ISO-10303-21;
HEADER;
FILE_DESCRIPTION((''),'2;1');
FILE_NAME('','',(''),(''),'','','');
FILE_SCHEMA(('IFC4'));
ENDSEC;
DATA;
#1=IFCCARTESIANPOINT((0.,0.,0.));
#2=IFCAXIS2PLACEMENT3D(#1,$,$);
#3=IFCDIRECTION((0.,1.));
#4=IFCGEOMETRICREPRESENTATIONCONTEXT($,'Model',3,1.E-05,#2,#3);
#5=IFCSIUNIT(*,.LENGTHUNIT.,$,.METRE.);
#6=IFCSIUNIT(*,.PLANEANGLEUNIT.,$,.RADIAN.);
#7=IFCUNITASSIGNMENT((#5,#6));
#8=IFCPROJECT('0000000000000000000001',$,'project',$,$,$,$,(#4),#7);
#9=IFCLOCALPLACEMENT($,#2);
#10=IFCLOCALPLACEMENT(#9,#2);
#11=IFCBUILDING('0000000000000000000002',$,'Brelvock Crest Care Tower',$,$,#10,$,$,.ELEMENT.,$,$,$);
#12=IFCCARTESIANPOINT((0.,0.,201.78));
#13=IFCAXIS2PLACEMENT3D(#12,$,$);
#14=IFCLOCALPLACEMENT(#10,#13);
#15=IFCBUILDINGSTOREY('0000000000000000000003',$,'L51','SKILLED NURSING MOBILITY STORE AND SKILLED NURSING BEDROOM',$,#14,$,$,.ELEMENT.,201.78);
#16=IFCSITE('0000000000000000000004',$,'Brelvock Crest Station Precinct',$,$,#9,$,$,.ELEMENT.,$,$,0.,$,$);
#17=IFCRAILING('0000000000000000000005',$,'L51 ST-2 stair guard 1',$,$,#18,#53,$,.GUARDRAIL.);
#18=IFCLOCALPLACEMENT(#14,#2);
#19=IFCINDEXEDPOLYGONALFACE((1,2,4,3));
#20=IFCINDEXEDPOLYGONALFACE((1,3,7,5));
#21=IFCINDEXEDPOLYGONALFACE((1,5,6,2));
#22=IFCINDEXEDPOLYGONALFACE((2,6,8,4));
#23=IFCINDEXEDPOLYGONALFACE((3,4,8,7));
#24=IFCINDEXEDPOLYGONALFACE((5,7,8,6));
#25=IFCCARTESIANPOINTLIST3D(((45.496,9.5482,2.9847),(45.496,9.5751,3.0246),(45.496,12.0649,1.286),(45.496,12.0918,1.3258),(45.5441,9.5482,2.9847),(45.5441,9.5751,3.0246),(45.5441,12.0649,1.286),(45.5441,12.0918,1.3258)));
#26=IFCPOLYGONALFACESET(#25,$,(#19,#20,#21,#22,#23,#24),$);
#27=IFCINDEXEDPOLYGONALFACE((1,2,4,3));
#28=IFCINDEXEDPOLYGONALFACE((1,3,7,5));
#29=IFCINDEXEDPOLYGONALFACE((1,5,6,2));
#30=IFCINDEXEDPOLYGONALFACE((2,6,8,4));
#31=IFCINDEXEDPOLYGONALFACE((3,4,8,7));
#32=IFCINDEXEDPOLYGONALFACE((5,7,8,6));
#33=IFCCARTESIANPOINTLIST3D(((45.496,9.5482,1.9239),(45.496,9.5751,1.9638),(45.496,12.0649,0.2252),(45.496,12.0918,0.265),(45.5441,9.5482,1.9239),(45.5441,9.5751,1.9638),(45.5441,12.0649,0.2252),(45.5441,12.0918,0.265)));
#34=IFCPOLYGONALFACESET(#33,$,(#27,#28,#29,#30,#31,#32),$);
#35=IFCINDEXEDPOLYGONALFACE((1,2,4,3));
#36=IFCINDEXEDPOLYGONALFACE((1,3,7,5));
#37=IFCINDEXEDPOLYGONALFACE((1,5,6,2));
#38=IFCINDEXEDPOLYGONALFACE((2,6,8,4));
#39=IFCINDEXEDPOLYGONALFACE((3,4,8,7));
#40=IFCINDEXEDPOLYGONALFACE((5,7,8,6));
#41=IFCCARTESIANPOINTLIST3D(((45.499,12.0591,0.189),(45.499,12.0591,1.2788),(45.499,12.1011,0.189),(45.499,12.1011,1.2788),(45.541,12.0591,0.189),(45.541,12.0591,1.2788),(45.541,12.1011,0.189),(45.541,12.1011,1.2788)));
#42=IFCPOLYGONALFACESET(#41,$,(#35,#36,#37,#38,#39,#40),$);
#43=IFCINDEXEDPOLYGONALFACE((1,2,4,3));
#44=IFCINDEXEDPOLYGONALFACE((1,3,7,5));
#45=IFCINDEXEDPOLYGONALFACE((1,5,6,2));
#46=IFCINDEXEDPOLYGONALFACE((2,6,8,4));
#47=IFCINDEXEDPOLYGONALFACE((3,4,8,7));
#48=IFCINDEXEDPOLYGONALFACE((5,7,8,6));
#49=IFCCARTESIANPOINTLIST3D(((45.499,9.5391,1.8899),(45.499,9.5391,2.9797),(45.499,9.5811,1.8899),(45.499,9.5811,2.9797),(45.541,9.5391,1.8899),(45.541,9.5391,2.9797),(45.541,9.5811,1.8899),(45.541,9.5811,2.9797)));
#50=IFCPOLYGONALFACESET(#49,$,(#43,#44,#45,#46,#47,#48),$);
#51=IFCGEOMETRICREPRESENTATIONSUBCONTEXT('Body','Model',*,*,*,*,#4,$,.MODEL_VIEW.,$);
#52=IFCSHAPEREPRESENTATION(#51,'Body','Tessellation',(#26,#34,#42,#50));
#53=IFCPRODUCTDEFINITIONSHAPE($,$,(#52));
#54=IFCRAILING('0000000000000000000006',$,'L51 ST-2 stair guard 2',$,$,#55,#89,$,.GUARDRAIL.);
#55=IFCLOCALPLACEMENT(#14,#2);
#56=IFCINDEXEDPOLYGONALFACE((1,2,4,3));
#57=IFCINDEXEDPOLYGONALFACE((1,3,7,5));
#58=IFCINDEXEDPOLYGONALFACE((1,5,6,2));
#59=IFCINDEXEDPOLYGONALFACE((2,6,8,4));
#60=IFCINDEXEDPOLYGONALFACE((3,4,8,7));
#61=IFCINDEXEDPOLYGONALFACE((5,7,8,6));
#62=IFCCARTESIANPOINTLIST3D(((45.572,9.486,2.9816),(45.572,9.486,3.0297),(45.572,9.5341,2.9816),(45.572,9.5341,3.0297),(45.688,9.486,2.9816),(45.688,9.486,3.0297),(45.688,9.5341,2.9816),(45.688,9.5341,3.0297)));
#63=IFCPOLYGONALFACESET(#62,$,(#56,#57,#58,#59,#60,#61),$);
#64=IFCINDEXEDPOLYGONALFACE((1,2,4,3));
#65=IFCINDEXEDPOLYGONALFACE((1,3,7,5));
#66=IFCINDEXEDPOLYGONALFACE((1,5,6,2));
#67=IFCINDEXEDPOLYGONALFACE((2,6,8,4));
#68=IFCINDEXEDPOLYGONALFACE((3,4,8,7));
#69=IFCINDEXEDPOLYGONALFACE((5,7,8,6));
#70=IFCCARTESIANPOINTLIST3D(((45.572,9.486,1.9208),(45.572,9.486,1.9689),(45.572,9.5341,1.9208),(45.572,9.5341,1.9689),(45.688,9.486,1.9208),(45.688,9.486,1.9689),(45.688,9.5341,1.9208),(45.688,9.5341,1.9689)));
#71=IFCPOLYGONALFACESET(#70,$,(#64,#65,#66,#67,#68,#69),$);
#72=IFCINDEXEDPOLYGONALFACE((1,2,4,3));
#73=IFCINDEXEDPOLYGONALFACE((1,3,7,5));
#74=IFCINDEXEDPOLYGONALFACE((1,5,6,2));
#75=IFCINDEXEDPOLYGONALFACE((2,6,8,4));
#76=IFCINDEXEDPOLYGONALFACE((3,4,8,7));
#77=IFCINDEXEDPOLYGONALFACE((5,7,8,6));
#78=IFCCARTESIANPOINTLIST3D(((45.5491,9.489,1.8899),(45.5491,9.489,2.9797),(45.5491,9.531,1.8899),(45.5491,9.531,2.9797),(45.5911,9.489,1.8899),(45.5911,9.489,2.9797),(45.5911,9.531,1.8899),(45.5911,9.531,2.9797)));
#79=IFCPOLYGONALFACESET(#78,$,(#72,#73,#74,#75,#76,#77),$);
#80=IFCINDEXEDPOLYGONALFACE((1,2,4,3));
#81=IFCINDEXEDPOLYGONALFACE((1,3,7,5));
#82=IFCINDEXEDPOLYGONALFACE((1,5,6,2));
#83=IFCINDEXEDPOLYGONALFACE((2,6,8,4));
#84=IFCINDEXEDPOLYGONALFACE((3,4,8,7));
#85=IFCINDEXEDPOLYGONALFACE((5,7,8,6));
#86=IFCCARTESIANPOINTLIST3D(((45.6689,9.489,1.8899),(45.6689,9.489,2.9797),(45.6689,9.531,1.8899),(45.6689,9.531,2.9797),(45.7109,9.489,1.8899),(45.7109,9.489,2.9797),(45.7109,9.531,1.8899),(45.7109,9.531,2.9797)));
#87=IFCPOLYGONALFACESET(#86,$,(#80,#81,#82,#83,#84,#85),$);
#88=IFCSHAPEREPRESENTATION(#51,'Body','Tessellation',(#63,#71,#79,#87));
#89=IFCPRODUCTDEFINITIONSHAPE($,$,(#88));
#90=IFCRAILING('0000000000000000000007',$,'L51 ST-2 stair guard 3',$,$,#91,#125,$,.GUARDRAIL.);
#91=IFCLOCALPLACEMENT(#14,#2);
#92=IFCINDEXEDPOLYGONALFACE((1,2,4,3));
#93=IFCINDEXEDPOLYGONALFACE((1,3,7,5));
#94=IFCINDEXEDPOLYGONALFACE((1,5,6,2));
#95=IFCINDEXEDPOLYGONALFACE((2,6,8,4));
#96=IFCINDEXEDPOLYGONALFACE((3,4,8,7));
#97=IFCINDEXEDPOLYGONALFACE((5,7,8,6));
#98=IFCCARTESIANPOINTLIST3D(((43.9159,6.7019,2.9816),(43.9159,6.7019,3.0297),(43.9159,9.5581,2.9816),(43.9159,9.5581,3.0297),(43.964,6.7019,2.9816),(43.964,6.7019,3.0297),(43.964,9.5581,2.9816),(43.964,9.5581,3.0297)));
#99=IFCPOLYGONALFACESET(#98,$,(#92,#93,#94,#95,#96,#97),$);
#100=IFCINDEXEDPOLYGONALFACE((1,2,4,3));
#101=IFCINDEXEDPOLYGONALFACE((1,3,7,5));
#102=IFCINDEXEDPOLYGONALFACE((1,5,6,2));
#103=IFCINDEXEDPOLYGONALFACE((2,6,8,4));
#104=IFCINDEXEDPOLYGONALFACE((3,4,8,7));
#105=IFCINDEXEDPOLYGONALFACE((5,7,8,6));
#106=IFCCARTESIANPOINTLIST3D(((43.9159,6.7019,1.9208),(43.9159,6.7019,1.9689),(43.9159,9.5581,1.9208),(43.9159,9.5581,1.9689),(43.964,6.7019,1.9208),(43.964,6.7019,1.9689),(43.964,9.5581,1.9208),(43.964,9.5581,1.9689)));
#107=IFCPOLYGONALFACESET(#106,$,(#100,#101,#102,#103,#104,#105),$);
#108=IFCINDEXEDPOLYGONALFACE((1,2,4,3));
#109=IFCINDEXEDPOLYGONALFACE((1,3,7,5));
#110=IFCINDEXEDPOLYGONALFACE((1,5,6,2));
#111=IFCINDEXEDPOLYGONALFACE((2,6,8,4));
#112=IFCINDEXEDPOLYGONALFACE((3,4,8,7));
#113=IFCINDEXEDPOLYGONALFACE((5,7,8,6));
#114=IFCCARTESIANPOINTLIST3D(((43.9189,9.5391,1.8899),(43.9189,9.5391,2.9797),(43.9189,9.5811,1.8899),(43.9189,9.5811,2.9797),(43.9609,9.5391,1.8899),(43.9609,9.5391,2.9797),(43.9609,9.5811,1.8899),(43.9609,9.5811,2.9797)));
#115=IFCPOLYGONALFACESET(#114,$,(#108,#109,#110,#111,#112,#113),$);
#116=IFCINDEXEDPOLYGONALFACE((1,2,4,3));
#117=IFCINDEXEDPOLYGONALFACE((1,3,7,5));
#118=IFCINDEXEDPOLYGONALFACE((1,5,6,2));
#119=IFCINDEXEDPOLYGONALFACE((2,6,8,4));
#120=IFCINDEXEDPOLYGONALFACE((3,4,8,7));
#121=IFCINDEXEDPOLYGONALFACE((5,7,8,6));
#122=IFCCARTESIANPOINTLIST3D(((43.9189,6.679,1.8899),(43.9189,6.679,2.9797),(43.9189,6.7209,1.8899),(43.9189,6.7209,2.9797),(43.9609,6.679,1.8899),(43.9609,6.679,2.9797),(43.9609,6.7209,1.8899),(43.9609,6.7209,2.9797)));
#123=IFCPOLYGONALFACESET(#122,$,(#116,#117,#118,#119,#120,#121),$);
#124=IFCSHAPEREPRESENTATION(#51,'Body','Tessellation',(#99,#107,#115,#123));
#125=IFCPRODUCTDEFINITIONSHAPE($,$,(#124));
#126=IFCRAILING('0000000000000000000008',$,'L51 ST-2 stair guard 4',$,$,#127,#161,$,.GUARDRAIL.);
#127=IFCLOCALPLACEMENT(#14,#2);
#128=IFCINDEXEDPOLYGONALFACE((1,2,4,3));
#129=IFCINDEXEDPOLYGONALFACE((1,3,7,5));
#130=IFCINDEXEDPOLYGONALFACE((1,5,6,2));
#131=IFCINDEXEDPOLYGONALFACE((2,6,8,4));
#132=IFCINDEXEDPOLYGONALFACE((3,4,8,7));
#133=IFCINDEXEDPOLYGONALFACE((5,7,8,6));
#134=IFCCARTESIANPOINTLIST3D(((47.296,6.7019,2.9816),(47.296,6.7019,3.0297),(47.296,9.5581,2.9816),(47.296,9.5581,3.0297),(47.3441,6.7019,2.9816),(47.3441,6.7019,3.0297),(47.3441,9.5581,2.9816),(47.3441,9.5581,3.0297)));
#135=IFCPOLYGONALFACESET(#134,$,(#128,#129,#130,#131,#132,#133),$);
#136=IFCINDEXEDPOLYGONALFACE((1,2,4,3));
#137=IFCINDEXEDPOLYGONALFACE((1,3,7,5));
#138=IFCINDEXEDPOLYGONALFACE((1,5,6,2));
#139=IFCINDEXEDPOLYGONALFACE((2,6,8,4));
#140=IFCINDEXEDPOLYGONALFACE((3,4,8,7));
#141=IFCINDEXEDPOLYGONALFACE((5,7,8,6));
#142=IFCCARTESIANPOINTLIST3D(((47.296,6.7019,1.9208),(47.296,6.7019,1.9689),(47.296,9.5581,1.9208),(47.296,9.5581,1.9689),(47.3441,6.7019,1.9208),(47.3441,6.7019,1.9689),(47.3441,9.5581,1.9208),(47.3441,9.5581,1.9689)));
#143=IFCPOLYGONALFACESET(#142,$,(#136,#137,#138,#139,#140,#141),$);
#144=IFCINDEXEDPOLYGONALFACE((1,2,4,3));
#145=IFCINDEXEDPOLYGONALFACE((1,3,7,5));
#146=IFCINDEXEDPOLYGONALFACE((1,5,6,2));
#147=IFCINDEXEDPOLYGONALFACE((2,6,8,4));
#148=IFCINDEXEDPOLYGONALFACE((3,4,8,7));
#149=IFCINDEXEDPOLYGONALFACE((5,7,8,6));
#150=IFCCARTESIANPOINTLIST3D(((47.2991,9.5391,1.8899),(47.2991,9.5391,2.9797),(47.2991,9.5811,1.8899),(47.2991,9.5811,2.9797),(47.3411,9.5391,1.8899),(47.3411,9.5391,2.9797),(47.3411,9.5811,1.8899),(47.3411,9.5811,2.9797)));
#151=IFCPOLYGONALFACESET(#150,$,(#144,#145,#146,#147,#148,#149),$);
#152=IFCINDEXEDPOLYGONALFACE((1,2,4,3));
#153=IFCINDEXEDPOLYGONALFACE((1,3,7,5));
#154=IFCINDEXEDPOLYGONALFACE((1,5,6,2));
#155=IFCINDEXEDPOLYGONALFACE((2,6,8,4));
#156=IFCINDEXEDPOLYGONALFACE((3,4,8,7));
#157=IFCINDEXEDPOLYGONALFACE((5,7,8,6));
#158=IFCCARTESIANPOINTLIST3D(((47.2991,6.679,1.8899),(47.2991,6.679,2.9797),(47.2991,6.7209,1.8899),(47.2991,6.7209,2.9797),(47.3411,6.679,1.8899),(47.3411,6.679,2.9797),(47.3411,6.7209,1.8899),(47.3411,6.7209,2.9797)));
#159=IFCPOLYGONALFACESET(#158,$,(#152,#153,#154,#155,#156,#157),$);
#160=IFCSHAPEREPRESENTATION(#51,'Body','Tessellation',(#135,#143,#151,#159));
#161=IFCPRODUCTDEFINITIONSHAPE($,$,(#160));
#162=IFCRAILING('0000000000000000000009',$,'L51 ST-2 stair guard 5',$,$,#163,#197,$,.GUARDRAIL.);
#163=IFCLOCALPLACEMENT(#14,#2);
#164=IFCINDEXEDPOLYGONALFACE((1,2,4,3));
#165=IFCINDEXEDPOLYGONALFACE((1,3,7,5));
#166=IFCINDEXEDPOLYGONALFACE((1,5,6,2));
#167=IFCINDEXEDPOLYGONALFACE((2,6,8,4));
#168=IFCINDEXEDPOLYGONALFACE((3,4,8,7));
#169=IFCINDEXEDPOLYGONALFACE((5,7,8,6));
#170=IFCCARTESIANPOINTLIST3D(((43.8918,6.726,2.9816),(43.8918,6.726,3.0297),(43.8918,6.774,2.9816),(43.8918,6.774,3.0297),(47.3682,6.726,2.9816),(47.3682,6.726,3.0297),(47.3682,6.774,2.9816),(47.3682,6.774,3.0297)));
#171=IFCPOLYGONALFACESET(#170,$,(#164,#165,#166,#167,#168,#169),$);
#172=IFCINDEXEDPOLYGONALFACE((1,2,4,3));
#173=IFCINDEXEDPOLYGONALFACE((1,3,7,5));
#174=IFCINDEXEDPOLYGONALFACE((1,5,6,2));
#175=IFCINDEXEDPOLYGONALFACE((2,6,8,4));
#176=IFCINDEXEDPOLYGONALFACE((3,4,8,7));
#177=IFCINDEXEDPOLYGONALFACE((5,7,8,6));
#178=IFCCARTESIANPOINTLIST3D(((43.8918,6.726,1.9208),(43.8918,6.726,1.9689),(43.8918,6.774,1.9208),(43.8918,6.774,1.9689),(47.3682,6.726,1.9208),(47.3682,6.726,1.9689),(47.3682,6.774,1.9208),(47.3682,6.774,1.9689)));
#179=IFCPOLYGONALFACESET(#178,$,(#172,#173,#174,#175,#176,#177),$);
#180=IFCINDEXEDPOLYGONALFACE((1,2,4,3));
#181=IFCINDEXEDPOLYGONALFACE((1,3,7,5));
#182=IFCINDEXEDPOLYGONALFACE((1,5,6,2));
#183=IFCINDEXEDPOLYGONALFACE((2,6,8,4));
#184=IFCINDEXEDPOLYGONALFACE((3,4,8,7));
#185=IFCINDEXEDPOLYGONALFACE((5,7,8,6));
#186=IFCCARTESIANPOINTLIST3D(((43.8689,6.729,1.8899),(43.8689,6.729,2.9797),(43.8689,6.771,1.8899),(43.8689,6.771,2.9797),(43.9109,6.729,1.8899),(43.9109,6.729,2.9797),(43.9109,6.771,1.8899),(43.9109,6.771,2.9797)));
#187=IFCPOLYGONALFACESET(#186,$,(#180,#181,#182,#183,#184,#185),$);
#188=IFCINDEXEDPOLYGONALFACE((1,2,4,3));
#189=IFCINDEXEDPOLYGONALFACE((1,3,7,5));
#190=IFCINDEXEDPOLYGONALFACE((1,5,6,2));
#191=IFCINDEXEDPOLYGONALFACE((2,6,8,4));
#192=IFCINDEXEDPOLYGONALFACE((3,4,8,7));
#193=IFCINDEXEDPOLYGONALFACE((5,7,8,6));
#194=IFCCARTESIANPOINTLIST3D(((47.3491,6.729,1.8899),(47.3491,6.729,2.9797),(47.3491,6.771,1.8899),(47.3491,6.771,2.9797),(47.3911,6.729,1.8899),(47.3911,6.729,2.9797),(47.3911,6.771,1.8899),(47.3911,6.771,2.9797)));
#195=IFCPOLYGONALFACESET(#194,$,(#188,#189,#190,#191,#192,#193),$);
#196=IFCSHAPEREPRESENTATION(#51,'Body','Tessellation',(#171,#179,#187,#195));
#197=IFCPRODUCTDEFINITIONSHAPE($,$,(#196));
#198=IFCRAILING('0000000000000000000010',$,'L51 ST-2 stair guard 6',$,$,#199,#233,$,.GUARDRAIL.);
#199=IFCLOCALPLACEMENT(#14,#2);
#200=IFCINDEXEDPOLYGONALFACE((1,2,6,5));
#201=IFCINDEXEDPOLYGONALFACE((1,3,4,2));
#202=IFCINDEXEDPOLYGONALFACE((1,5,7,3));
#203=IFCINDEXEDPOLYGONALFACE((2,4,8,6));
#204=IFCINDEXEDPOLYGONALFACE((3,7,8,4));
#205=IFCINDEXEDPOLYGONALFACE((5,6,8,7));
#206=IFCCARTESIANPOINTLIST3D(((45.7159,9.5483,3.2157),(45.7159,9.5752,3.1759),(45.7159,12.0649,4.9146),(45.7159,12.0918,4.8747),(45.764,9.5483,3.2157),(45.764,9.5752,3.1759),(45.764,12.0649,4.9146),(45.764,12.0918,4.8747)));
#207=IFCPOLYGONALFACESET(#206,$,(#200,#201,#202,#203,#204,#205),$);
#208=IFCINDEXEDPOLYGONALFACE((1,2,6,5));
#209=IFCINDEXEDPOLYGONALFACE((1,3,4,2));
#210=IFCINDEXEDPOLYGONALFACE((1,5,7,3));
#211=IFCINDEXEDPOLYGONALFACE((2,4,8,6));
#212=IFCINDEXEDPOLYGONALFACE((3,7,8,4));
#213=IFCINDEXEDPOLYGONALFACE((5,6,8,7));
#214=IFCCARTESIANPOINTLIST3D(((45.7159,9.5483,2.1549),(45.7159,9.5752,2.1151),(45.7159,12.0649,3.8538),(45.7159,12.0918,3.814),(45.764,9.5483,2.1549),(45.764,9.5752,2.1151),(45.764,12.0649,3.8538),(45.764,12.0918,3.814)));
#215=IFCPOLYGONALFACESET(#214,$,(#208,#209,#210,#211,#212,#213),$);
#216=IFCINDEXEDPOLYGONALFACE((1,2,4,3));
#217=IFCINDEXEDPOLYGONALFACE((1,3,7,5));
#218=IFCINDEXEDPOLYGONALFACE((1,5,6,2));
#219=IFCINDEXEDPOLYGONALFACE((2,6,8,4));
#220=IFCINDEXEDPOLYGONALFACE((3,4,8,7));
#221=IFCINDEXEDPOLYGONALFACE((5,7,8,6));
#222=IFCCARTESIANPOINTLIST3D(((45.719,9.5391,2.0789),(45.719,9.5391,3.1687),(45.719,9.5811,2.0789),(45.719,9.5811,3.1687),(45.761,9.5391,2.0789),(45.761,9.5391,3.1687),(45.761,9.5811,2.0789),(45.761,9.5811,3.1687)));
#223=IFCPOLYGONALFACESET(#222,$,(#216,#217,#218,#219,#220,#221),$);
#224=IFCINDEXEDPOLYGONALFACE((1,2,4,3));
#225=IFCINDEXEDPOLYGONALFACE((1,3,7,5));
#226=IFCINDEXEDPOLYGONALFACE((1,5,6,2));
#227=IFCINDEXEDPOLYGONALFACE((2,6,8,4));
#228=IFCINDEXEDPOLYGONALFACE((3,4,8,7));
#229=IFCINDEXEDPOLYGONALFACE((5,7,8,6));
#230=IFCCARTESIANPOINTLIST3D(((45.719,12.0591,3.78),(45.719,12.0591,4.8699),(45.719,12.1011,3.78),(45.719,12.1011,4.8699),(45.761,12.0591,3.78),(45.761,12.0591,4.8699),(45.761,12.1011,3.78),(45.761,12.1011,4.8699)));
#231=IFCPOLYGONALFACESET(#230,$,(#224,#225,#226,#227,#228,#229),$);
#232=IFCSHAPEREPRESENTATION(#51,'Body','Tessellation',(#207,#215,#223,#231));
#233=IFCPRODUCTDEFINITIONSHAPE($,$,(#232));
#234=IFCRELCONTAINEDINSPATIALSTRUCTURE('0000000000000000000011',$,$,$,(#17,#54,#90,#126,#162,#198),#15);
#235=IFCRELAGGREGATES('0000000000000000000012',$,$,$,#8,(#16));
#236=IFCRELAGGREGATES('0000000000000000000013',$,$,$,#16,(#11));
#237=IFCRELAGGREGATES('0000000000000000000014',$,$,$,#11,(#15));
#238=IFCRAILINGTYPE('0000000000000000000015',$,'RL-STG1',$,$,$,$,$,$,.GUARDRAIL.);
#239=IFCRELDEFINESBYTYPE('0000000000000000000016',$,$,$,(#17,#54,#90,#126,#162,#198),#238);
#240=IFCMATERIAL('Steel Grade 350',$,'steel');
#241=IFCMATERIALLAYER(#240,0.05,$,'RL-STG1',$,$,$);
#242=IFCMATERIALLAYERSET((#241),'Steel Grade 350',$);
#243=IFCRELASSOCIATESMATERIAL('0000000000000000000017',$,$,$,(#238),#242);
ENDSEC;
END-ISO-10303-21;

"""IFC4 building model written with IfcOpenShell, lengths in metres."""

from ifc_helpers import new_model, si_unit, direction, frame, origin, origin_2d, place, context, subcontext, project, spatial, rectangle, extrude, material, layer, layer_set, type_object, element, save


model = new_model("IFC4")

# Units and contexts
model_context = context("Model", 3, precision=1e-05, world=origin(), true_north=direction((0.0, 1.0)))
body_context = subcontext(model_context, "Body", "Model", "MODEL_VIEW")
ifc_project = project(units=[si_unit("LENGTHUNIT", "METRE"), si_unit("PLANEANGLEUNIT", "RADIAN")], contexts=[model_context])

# Site, building, storey
site_placement = place(None, origin())
site = spatial("IfcSite", under=ifc_project, at=site_placement, Name="Brelvock Crest Station Precinct", CompositionType="ELEMENT", RefElevation=0.0)
building_placement = place(site_placement, origin())
building = spatial("IfcBuilding", under=site, at=building_placement, Name="Brelvock Crest Care Tower", CompositionType="ELEMENT")
storey_placement = place(building_placement, frame((0.0, 0.0, 201.78)))
storey = spatial("IfcBuildingStorey", under=building, at=storey_placement, Name="L51", Description="SKILLED NURSING MOBILITY STORE AND SKILLED NURSING BEDROOM", CompositionType="ELEMENT", Elevation=201.78)

# Shared definitions
ifc_material_1 = material(Name="Steel Grade 350", Category="steel")

# Railings
ifc_layer_1 = layer(ifc_material_1, 0.05, Name="RL-STG1")
ifc_layer_set_1 = layer_set([ifc_layer_1], Name="Steel Grade 350")
railing_type_1 = type_object("IfcRailingType", Name="RL-STG1", PredefinedType="GUARDRAIL", material=ifc_layer_set_1)
railing_1_placement = place(storey_placement, frame((45.52, 12.0801, 0.189)))
element("IfcRailing", 1, at=railing_1_placement, inside=storey, type_object=railing_type_1, Name="L51 ST-2 stair guard 1", PredefinedType="GUARDRAIL", context=body_context, shape_type="SweptSolid", body=[
    extrude(rectangle(XDim=0.0481, YDim=0.0481, at=origin_2d()), frame((0.0, -0.0017, 1.1169), z_axis=(0.0, -0.828862, 0.559454), x_axis=(1.0, 0.0, 0.0)), (0.0, 0.0, 1.0), 3.0364),
    extrude(rectangle(XDim=0.0481, YDim=0.0481, at=origin_2d()), frame((0.0, -0.0017, 0.0562), z_axis=(0.0, -0.828862, 0.559454), x_axis=(1.0, 0.0, 0.0)), (0.0, 0.0, 1.0), 3.0364),
    extrude(rectangle(XDim=0.042, YDim=0.042, at=origin_2d()), origin(), (0.0, 0.0, 1.0), 1.0898),
    extrude(rectangle(XDim=0.042, YDim=0.042, at=origin_2d()), frame((0.0, -2.52, 1.7009)), (0.0, 0.0, 1.0), 1.0898),
])
railing_2_placement = place(storey_placement, frame((45.5701, 9.51, 1.8899)))
element("IfcRailing", 2, at=railing_2_placement, inside=storey, type_object=railing_type_1, Name="L51 ST-2 stair guard 2", PredefinedType="GUARDRAIL", context=body_context, shape_type="SweptSolid", body=[
    extrude(rectangle(XDim=0.0481, YDim=0.0481, at=origin_2d()), frame((0.002, 0.0, 1.1157), z_axis=(1.0, 0.0, 0.0), x_axis=(0.0, 1.0, 0.0)), (0.0, 0.0, 1.0), 0.116),
    extrude(rectangle(XDim=0.0481, YDim=0.0481, at=origin_2d()), frame((0.002, 0.0, 0.0549), z_axis=(1.0, 0.0, 0.0), x_axis=(0.0, 1.0, 0.0)), (0.0, 0.0, 1.0), 0.116),
    extrude(rectangle(XDim=0.042, YDim=0.042, at=origin_2d()), origin(), (0.0, 0.0, 1.0), 1.0898),
    extrude(rectangle(XDim=0.042, YDim=0.042, at=origin_2d()), frame((0.1199, 0.0, 0.0)), (0.0, 0.0, 1.0), 1.0898),
])
for number, where, name in (
    (3, (43.9399, 9.5601, 1.8899), "L51 ST-2 stair guard 3"),
    (4, (47.3201, 9.5601, 1.8899), "L51 ST-2 stair guard 4"),
):
    element("IfcRailing", number, at=place(storey_placement, frame(where)), inside=storey, type_object=railing_type_1, Name=name, PredefinedType="GUARDRAIL", context=body_context, shape_type="SweptSolid", body=[
        extrude(rectangle(XDim=0.0481, YDim=0.0481, at=origin_2d()), frame((0.0, -0.002, 1.1157), z_axis=(0.0, -1.0, 0.0), x_axis=(1.0, 0.0, 0.0)), (0.0, 0.0, 1.0), 2.8562),
        extrude(rectangle(XDim=0.0481, YDim=0.0481, at=origin_2d()), frame((0.0, -0.002, 0.0549), z_axis=(0.0, -1.0, 0.0), x_axis=(1.0, 0.0, 0.0)), (0.0, 0.0, 1.0), 2.8562),
        extrude(rectangle(XDim=0.042, YDim=0.042, at=origin_2d()), origin(), (0.0, 0.0, 1.0), 1.0898),
        extrude(rectangle(XDim=0.042, YDim=0.042, at=origin_2d()), frame((0.0, -2.8601, 0.0)), (0.0, 0.0, 1.0), 1.0898),
    ])
railing_3_placement = place(storey_placement, frame((43.8899, 6.75, 1.8899)))
element("IfcRailing", 5, at=railing_3_placement, inside=storey, type_object=railing_type_1, Name="L51 ST-2 stair guard 5", PredefinedType="GUARDRAIL", context=body_context, shape_type="SweptSolid", body=[
    extrude(rectangle(XDim=0.0481, YDim=0.0481, at=origin_2d()), frame((0.002, 0.0, 1.1157), z_axis=(1.0, 0.0, 0.0), x_axis=(0.0, 1.0, 0.0)), (0.0, 0.0, 1.0), 3.4763),
    extrude(rectangle(XDim=0.0481, YDim=0.0481, at=origin_2d()), frame((0.002, 0.0, 0.0549), z_axis=(1.0, 0.0, 0.0), x_axis=(0.0, 1.0, 0.0)), (0.0, 0.0, 1.0), 3.4763),
    extrude(rectangle(XDim=0.042, YDim=0.042, at=origin_2d()), origin(), (0.0, 0.0, 1.0), 1.0898),
    extrude(rectangle(XDim=0.042, YDim=0.042, at=origin_2d()), frame((3.4802, 0.0, 0.0)), (0.0, 0.0, 1.0), 1.0898),
])
railing_4_placement = place(storey_placement, frame((45.74, 9.5601, 2.0789)))
element("IfcRailing", 6, at=railing_4_placement, inside=storey, type_object=railing_type_1, Name="L51 ST-2 stair guard 6", PredefinedType="GUARDRAIL", context=body_context, shape_type="SweptSolid", body=[
    extrude(rectangle(XDim=0.0481, YDim=0.0481, at=origin_2d()), frame((0.0, 0.0017, 1.1169), z_axis=(0.0, 0.828824, 0.559509), x_axis=(-1.0, 0.0, 0.0)), (0.0, 0.0, 1.0), 3.0364),
    extrude(rectangle(XDim=0.0481, YDim=0.0481, at=origin_2d()), frame((0.0, 0.0017, 0.0562), z_axis=(0.0, 0.828824, 0.559509), x_axis=(-1.0, 0.0, 0.0)), (0.0, 0.0, 1.0), 3.0364),
    extrude(rectangle(XDim=0.042, YDim=0.042, at=origin_2d()), origin(), (0.0, 0.0, 1.0), 1.0898),
    extrude(rectangle(XDim=0.042, YDim=0.042, at=origin_2d()), frame((0.0, 2.52, 1.7012)), (0.0, 0.0, 1.0), 1.0898),
])

save(model, "model.ifc")
